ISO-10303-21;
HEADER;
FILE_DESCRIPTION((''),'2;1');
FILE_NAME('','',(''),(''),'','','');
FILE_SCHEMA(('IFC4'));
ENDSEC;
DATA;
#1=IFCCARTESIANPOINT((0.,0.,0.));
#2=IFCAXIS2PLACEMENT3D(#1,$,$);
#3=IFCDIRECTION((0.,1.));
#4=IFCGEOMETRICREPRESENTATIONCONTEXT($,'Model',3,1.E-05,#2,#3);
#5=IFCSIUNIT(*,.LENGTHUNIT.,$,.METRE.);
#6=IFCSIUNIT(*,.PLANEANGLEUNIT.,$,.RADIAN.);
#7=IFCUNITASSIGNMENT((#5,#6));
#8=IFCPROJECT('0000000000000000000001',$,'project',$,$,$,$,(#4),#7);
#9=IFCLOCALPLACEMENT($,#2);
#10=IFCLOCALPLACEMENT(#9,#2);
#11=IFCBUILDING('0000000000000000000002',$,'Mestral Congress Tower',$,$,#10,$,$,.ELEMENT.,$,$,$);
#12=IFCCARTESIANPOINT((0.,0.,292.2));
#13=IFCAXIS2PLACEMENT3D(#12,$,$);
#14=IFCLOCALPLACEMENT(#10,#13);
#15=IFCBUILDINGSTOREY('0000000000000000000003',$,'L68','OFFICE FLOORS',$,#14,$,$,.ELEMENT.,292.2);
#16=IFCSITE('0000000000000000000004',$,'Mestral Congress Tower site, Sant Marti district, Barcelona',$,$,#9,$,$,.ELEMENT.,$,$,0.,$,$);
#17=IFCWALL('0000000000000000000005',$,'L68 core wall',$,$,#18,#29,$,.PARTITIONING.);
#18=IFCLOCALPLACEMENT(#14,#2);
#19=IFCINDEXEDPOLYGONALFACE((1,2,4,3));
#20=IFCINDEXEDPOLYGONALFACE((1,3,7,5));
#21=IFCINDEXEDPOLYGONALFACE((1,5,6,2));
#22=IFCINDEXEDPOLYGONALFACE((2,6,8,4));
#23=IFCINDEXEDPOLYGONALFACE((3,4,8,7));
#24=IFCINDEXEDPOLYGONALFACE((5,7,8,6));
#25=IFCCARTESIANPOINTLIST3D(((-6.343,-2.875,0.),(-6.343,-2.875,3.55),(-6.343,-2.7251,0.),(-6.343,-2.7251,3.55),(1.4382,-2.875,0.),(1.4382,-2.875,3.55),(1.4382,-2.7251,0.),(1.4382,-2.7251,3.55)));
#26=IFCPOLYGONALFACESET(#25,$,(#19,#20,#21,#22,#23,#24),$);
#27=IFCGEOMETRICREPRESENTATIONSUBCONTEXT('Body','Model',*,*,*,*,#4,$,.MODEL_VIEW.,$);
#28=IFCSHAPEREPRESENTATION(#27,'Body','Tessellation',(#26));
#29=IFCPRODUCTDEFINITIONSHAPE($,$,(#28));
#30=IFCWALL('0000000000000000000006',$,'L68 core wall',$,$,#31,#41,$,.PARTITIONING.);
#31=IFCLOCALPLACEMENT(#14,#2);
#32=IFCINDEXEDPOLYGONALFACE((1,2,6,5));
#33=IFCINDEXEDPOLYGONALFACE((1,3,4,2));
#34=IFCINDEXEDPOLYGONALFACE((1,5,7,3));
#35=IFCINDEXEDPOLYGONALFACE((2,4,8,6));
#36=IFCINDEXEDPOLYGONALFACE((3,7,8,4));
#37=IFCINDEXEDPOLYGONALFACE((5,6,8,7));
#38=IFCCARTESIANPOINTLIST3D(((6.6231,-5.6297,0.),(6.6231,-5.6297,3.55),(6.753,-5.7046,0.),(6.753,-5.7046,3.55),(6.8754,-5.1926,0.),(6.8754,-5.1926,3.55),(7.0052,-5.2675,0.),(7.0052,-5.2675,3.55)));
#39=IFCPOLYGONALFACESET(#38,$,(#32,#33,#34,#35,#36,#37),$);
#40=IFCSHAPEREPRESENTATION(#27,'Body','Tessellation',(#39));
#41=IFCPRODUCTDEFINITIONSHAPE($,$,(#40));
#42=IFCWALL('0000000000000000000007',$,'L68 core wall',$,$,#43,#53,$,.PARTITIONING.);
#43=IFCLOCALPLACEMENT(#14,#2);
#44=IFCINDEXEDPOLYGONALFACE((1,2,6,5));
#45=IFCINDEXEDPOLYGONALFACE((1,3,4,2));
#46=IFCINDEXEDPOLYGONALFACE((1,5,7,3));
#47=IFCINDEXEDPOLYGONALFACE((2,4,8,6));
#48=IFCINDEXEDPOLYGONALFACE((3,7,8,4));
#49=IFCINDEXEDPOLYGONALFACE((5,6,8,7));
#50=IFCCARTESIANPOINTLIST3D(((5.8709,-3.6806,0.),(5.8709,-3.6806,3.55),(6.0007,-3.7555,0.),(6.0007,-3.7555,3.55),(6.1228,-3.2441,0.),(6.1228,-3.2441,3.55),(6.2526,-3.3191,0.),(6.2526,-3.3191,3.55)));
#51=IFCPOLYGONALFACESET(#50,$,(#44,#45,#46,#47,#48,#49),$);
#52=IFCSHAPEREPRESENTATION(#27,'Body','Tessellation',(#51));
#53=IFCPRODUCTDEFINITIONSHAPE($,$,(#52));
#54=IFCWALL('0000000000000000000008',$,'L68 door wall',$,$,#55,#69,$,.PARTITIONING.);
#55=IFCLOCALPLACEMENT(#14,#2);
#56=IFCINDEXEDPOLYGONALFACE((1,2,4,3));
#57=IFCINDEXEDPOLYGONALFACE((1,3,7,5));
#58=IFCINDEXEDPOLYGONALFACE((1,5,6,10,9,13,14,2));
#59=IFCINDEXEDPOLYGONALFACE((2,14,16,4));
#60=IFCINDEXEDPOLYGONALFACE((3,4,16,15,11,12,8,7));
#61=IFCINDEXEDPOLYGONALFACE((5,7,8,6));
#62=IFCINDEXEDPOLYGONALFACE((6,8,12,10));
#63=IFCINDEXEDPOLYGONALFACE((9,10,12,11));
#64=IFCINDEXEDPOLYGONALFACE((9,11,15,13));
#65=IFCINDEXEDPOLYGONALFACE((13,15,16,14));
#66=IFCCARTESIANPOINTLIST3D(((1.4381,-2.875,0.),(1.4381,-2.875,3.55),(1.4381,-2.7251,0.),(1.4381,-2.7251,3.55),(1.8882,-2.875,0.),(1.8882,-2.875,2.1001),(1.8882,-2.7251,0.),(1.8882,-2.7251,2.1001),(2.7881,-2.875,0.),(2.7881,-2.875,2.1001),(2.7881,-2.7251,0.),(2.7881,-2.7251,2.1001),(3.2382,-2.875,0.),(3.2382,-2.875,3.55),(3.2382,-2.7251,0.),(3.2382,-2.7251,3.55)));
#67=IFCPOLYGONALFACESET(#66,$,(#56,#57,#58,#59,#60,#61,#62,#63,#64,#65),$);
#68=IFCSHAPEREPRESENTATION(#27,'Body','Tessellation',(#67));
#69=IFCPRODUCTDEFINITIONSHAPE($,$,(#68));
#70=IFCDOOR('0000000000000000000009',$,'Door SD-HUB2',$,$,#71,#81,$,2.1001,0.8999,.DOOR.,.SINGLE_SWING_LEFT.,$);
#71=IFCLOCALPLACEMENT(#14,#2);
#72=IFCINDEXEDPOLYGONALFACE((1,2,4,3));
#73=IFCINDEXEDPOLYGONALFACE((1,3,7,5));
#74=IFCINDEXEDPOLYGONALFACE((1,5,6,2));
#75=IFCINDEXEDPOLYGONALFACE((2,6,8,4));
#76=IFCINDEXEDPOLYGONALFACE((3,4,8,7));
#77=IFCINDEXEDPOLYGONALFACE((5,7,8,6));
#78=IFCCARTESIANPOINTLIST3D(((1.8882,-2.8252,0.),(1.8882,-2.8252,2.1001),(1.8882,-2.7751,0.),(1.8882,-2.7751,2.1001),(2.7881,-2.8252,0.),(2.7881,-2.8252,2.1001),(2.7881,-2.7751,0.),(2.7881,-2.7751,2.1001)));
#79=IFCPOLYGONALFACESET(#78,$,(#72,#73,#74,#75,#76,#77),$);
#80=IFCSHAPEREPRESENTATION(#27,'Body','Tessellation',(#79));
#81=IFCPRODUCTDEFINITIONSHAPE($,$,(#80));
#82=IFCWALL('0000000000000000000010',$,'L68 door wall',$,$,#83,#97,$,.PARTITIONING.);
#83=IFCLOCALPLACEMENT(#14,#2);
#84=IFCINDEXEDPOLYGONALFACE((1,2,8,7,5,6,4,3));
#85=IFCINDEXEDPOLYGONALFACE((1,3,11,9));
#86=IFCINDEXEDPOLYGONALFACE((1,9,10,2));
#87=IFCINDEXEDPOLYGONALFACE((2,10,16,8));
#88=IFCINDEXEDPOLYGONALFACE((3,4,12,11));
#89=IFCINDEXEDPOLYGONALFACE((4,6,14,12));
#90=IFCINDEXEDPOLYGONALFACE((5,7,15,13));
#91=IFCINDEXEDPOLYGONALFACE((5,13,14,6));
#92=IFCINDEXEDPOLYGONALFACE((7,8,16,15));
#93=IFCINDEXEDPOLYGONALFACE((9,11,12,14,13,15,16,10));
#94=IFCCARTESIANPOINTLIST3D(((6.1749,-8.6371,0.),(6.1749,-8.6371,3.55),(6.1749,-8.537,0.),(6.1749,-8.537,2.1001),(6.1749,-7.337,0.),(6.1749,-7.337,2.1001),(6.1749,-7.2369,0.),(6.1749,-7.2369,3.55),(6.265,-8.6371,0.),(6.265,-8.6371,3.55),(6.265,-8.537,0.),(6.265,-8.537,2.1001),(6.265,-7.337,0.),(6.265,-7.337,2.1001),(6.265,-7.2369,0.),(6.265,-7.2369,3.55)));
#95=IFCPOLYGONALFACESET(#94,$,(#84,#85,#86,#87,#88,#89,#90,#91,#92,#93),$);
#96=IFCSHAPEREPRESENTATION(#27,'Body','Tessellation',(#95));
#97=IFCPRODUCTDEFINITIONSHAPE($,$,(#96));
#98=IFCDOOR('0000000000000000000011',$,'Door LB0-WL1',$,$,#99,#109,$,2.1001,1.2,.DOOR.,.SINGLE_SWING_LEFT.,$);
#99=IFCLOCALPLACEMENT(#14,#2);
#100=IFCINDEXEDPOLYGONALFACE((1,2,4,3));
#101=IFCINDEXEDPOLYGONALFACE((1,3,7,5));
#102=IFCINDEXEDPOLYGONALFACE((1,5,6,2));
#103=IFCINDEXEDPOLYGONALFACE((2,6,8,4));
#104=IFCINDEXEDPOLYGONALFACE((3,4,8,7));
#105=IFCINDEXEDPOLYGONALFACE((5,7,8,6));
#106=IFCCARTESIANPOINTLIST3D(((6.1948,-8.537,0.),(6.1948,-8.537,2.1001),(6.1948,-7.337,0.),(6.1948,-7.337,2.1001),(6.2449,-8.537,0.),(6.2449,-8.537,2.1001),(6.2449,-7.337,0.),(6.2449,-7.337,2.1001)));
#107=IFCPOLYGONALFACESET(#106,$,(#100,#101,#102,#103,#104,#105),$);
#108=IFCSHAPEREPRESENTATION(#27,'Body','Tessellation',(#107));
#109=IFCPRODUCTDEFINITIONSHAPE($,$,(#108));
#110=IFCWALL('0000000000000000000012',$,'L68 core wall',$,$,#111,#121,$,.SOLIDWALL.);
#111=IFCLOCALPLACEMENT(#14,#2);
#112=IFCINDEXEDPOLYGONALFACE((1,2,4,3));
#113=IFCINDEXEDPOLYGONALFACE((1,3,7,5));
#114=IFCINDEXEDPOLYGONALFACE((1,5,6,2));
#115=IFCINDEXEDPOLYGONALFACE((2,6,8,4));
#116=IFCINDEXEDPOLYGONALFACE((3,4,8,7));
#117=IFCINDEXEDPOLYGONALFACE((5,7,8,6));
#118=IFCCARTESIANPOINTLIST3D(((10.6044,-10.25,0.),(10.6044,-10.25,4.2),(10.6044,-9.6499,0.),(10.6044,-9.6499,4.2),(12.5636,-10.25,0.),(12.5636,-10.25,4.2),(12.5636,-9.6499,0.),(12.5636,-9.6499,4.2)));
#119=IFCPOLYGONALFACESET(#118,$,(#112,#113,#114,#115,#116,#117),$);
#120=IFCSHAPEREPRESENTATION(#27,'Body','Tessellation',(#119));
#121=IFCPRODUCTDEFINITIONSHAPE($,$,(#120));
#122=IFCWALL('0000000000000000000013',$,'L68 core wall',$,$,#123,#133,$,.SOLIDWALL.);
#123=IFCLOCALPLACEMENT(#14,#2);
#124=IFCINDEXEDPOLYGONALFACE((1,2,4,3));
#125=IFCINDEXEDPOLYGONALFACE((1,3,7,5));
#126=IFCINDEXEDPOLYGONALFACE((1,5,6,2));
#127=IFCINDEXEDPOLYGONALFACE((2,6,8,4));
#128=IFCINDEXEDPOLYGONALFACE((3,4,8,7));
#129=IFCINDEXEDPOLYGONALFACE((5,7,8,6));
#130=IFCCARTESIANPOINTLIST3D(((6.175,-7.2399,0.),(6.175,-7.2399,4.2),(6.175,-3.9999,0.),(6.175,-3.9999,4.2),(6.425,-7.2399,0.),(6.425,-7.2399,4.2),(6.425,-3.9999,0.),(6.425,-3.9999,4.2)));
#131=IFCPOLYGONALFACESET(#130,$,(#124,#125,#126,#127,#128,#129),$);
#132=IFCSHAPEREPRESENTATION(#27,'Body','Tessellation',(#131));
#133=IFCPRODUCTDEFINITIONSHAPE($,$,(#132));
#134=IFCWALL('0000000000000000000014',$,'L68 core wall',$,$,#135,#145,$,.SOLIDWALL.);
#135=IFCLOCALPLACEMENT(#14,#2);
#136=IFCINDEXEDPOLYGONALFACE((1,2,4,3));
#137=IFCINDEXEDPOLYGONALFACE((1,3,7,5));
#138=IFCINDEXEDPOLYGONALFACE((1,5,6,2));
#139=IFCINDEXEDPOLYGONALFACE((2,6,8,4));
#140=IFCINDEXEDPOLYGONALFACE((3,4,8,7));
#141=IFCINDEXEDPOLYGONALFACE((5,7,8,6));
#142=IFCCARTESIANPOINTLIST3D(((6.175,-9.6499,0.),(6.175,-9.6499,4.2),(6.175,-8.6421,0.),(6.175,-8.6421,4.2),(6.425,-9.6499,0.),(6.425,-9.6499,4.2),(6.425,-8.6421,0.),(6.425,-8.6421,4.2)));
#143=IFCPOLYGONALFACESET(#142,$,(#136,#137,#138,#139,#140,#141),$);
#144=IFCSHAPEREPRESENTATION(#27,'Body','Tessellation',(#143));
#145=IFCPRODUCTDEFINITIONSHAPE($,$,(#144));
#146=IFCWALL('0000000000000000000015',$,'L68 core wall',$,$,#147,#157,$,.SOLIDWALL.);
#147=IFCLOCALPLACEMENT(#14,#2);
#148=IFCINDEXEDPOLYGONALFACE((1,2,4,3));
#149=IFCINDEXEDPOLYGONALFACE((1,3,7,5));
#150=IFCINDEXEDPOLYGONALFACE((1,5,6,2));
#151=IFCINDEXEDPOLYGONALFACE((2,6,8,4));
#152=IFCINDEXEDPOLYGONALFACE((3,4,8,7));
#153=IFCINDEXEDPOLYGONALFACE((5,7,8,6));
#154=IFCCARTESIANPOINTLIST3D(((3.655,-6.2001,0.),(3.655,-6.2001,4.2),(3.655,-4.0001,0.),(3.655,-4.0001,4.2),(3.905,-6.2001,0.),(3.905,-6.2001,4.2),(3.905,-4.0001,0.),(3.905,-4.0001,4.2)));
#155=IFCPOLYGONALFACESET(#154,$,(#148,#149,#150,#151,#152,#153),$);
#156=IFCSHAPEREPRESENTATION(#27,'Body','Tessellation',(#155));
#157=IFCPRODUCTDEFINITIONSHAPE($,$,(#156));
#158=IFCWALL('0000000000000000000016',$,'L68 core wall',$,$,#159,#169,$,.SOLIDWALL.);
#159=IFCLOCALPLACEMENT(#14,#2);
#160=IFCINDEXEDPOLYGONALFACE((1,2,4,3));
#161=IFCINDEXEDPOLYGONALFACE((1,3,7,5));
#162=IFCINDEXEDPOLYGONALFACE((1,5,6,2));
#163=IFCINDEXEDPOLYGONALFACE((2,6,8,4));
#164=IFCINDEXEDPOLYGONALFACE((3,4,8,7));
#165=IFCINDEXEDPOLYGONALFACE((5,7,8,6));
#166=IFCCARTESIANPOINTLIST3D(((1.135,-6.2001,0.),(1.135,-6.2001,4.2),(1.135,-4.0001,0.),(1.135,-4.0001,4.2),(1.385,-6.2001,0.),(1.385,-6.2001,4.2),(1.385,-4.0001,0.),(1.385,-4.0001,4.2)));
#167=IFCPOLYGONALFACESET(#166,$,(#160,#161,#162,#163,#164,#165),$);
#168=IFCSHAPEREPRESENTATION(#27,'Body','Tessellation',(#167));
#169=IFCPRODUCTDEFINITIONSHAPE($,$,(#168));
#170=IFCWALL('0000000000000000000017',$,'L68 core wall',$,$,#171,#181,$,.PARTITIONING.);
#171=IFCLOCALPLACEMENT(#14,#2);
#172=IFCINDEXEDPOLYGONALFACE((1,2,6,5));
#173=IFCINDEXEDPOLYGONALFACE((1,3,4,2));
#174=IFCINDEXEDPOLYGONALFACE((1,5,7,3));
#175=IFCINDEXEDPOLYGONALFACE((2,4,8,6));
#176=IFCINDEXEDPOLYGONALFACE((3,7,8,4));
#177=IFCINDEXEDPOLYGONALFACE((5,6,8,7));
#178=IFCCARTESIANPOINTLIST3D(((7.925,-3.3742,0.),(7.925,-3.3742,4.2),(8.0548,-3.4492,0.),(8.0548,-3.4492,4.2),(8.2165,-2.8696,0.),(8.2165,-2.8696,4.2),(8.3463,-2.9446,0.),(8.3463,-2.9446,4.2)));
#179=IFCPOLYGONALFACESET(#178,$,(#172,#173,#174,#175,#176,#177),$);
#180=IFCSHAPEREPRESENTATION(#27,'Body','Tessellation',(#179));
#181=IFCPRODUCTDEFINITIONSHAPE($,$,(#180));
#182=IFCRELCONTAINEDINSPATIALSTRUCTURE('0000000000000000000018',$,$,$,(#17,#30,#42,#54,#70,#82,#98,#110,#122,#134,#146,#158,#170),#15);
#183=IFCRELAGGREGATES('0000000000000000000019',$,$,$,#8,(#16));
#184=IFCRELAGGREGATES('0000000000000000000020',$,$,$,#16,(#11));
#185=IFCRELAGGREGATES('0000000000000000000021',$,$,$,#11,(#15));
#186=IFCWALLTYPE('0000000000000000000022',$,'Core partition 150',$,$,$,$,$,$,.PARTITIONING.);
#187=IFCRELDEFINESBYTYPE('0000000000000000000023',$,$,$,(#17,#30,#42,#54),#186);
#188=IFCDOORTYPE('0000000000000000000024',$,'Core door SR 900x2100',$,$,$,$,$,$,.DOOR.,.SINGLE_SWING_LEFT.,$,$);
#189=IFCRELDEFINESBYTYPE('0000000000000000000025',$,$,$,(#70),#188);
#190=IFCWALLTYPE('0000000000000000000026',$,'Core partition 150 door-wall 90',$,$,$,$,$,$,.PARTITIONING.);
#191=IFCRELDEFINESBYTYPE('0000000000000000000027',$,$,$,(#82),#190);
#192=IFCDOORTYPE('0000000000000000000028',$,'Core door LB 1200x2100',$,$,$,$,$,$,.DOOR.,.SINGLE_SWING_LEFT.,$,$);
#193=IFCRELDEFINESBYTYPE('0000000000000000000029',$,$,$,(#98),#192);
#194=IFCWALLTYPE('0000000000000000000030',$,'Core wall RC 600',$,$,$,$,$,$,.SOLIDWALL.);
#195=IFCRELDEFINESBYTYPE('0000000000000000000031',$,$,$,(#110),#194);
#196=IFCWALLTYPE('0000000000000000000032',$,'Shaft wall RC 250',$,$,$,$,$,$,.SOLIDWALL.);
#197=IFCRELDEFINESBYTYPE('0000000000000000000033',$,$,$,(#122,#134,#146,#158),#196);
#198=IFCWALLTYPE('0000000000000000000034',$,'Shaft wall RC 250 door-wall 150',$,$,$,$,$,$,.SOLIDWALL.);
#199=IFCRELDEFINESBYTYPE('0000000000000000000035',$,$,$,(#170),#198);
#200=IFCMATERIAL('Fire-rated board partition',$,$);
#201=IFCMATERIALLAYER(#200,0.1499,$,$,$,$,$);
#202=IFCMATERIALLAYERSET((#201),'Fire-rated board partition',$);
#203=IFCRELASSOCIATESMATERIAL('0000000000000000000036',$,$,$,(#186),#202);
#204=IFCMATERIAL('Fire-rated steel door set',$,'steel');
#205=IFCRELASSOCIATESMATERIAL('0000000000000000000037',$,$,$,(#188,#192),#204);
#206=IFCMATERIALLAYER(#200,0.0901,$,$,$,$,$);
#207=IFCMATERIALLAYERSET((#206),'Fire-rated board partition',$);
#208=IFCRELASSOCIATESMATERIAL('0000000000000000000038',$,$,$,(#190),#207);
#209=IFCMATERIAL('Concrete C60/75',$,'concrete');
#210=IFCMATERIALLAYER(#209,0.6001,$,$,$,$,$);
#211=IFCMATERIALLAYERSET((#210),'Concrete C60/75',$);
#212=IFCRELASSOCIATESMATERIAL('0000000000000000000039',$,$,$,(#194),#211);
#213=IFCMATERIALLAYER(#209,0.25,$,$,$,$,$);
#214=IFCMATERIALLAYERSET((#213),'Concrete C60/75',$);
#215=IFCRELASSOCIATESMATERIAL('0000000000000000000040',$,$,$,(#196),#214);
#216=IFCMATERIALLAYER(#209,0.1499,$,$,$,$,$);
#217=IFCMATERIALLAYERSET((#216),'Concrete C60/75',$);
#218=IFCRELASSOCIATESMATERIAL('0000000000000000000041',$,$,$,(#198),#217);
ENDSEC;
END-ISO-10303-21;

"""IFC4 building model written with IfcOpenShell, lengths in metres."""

from ifc_helpers import new_model, si_unit, direction, frame, frame_2d, origin, place, context, subcontext, project, spatial, rectangle, extrude, material, layer, layer_set, type_object, element, fill, save


model = new_model("IFC4")

# Units and contexts
model_context = context("Model", 3, precision=1e-05, world=origin(), true_north=direction((0.0, 1.0)))
body_context = subcontext(model_context, "Body", "Model", "MODEL_VIEW")
ifc_project = project(units=[si_unit("LENGTHUNIT", "METRE"), si_unit("PLANEANGLEUNIT", "RADIAN")], contexts=[model_context])

# Site, building, storey
site_placement = place(None, origin())
site = spatial("IfcSite", under=ifc_project, at=site_placement, Name="Mestral Congress Tower site, Sant Marti district, Barcelona", CompositionType="ELEMENT", RefElevation=0.0)
building_placement = place(site_placement, origin())
building = spatial("IfcBuilding", under=site, at=building_placement, Name="Mestral Congress Tower", CompositionType="ELEMENT")
storey_placement = place(building_placement, frame((0.0, 0.0, 292.2)))
storey = spatial("IfcBuildingStorey", under=building, at=storey_placement, Name="L68", Description="OFFICE FLOORS", CompositionType="ELEMENT", Elevation=292.2)

# Walls
ifc_material_1 = material(Name="Fire-rated board partition")
ifc_layer_1 = layer(ifc_material_1, 0.1499)
ifc_layer_set_1 = layer_set([ifc_layer_1], Name="Fire-rated board partition")
wall_type_1 = type_object("IfcWallType", Name="Core partition 150", PredefinedType="PARTITIONING", material=ifc_layer_set_1)
wall_1_placement = place(storey_placement, frame((1.4382, -2.8, 0.0), z_axis=(0.0, 0.0, 1.0), x_axis=(-1.0, 0.0, 0.0)))
element("IfcWall", 1, at=wall_1_placement, inside=storey, type_object=wall_type_1, Name="L68 core wall", PredefinedType="PARTITIONING", context=body_context, shape_type="SweptSolid", body=[
    extrude(rectangle(XDim=7.7812, YDim=0.1499, at=frame_2d((3.8906, 0.0))), origin(), (0.0, 0.0, 1.0), 3.55),
])
wall_2_placement = place(storey_placement, frame((6.688, -5.6672, 0.0), z_axis=(0.0, 0.0, 1.0), x_axis=(0.499834, 0.866121, 0.0)))
element("IfcWall", 2, at=wall_2_placement, inside=storey, type_object=wall_type_1, Name="L68 core wall", PredefinedType="PARTITIONING", context=body_context, shape_type="SweptSolid", body=[
    extrude(rectangle(XDim=0.5046, YDim=0.1499, at=frame_2d((0.2524, 0.0))), origin(), (0.0, 0.0, 1.0), 3.55),
])
wall_3_placement = place(storey_placement, frame((5.9358, -3.718, 0.0), z_axis=(0.0, 0.0, 1.0), x_axis=(0.49989, 0.866089, 0.0)))
element("IfcWall", 3, at=wall_3_placement, inside=storey, type_object=wall_type_1, Name="L68 core wall", PredefinedType="PARTITIONING", context=body_context, shape_type="SweptSolid", body=[
    extrude(rectangle(XDim=0.5039, YDim=0.1499, at=frame_2d((0.252, 0.0))), origin(), (0.0, 0.0, 1.0), 3.55),
])

# Walls, openings, doors
wall_4_placement = place(storey_placement, frame((1.4382, -2.8, 0.0), z_axis=(0.0, 0.0, 1.0), x_axis=(1.0, 0.0, 0.0)))
wall_4 = element("IfcWall", 4, at=wall_4_placement, inside=storey, type_object=wall_type_1, Name="L68 door wall", PredefinedType="PARTITIONING", context=body_context, shape_type="SweptSolid", body=[
    extrude(rectangle(XDim=1.8, YDim=0.1499, at=frame_2d((0.8999, 0.0))), origin(), (0.0, 0.0, 1.0), 3.55),
])
opening_1_placement = place(wall_4_placement, frame((0.45, 0.0, 0.0)))
opening_1 = element("IfcOpeningElement", 5, at=opening_1_placement, cuts=wall_4, PredefinedType="OPENING", context=body_context, shape_type="SweptSolid", body=[
    extrude(rectangle(XDim=0.8999, YDim=2.1001, at=frame_2d((0.45, 1.05))), frame((0.0, 0.085, 0.0), z_axis=(0.0, -1.0, 0.0), x_axis=(1.0, 0.0, 0.0)), (0.0, 0.0, 1.0), 0.1699),
])
ifc_material_2 = material(Name="Fire-rated steel door set", Category="steel")
door_type_1 = type_object("IfcDoorType", Name="Core door SR 900x2100", OperationType="SINGLE_SWING_LEFT", PredefinedType="DOOR", material=ifc_material_2)
door_1_placement = place(opening_1_placement, origin())
door_1 = element("IfcDoor", 6, at=door_1_placement, inside=storey, type_object=door_type_1, Name="Door SD-HUB2", OperationType="SINGLE_SWING_LEFT", OverallHeight=2.1001, OverallWidth=0.8999, PredefinedType="DOOR", context=body_context, shape_type="SweptSolid", body=[
    extrude(rectangle(XDim=0.8999, YDim=2.1001, at=frame_2d((0.45, 1.05))), frame((0.0, 0.0249, 0.0), z_axis=(0.0, -1.0, 0.0), x_axis=(1.0, 0.0, 0.0)), (0.0, 0.0, 1.0), 0.05),
])
fill(opening_1, door_1)
ifc_layer_2 = layer(ifc_material_1, 0.0901)
ifc_layer_set_2 = layer_set([ifc_layer_2], Name="Fire-rated board partition")
wall_type_2 = type_object("IfcWallType", Name="Core partition 150 door-wall 90", PredefinedType="PARTITIONING", material=ifc_layer_set_2)
wall_5_placement = place(storey_placement, frame((6.22, -7.2368, 0.0), z_axis=(0.0, 0.0, 1.0), x_axis=(0.0, -1.0, 0.0)))
wall_5 = element("IfcWall", 7, at=wall_5_placement, inside=storey, type_object=wall_type_2, Name="L68 door wall", PredefinedType="PARTITIONING", context=body_context, shape_type="SweptSolid", body=[
    extrude(rectangle(XDim=1.4001, YDim=0.0901, at=frame_2d((0.7002, 0.0))), origin(), (0.0, 0.0, 1.0), 3.55),
])
opening_2_placement = place(wall_5_placement, frame((0.1001, 0.0, 0.0)))
opening_2 = element("IfcOpeningElement", 8, at=opening_2_placement, cuts=wall_5, PredefinedType="OPENING", context=body_context, shape_type="SweptSolid", body=[
    extrude(rectangle(XDim=1.2, YDim=2.1001, at=frame_2d((0.6001, 1.05))), frame((0.0, 0.0549, 0.0), z_axis=(0.0, -1.0, 0.0), x_axis=(1.0, 0.0, 0.0)), (0.0, 0.0, 1.0), 0.1101),
])
door_type_2 = type_object("IfcDoorType", Name="Core door LB 1200x2100", OperationType="SINGLE_SWING_LEFT", PredefinedType="DOOR", material=ifc_material_2)
door_2_placement = place(opening_2_placement, origin())
door_2 = element("IfcDoor", 9, at=door_2_placement, inside=storey, type_object=door_type_2, Name="Door LB0-WL1", OperationType="SINGLE_SWING_LEFT", OverallHeight=2.1001, OverallWidth=1.2, PredefinedType="DOOR", context=body_context, shape_type="SweptSolid", body=[
    extrude(rectangle(XDim=1.2, YDim=2.1001, at=frame_2d((0.6001, 1.05))), frame((0.0, 0.0249, 0.0), z_axis=(0.0, -1.0, 0.0), x_axis=(1.0, 0.0, 0.0)), (0.0, 0.0, 1.0), 0.05),
])
fill(opening_2, door_2)

# Walls
ifc_material_3 = material(Name="Concrete C60/75", Category="concrete")
ifc_layer_3 = layer(ifc_material_3, 0.6001)
ifc_layer_set_3 = layer_set([ifc_layer_3], Name="Concrete C60/75")
wall_type_3 = type_object("IfcWallType", Name="Core wall RC 600", PredefinedType="SOLIDWALL", material=ifc_layer_set_3)
wall_6_placement = place(storey_placement, frame((10.6045, -9.95, 0.0), z_axis=(0.0, 0.0, 1.0), x_axis=(1.0, 0.0, 0.0)))
element("IfcWall", 10, at=wall_6_placement, inside=storey, type_object=wall_type_3, Name="L68 core wall", PredefinedType="SOLIDWALL", context=body_context, shape_type="SweptSolid", body=[
    extrude(rectangle(XDim=1.9592, YDim=0.6001, at=frame_2d((0.9795, 0.0))), origin(), (0.0, 0.0, 1.0), 4.2),
])
ifc_layer_4 = layer(ifc_material_3, 0.25)
ifc_layer_set_4 = layer_set([ifc_layer_4], Name="Concrete C60/75")
wall_type_4 = type_object("IfcWallType", Name="Shaft wall RC 250", PredefinedType="SOLIDWALL", material=ifc_layer_set_4)
wall_7_placement = place(storey_placement, frame((6.3, -7.24, 0.0), z_axis=(0.0, 0.0, 1.0), x_axis=(0.0, 1.0, 0.0)))
element("IfcWall", 11, at=wall_7_placement, inside=storey, type_object=wall_type_4, Name="L68 core wall", PredefinedType="SOLIDWALL", context=body_context, shape_type="SweptSolid", body=[
    extrude(rectangle(XDim=3.24, YDim=0.25, at=frame_2d((1.6201, 0.0))), origin(), (0.0, 0.0, 1.0), 4.2),
])
wall_8_placement = place(storey_placement, frame((6.3, -9.6499, 0.0), z_axis=(0.0, 0.0, 1.0), x_axis=(0.0, 1.0, 0.0)))
element("IfcWall", 12, at=wall_8_placement, inside=storey, type_object=wall_type_4, Name="L68 core wall", PredefinedType="SOLIDWALL", context=body_context, shape_type="SweptSolid", body=[
    extrude(rectangle(XDim=1.0078, YDim=0.25, at=frame_2d((0.5039, 0.0))), origin(), (0.0, 0.0, 1.0), 4.2),
])
for number, where, z_axis, x_axis, name in (
    (13, (3.78, -4.0, 0.0), (0.0, 0.0, 1.0), (0.0, -1.0, 0.0), "L68 core wall"),
    (14, (1.26, -4.0, 0.0), (0.0, 0.0, 1.0), (0.0, -1.0, 0.0), "L68 core wall"),
):
    element("IfcWall", number, at=place(storey_placement, frame(where, z_axis=z_axis, x_axis=x_axis)), inside=storey, type_object=wall_type_4, Name=name, PredefinedType="SOLIDWALL", context=body_context, shape_type="SweptSolid", body=[
        extrude(rectangle(XDim=2.2, YDim=0.25, at=frame_2d((1.1001, 0.0))), origin(), (0.0, 0.0, 1.0), 4.2),
    ])
ifc_layer_5 = layer(ifc_material_3, 0.1499)
ifc_layer_set_5 = layer_set([ifc_layer_5], Name="Concrete C60/75")
wall_type_5 = type_object("IfcWallType", Name="Shaft wall RC 250 door-wall 150", PredefinedType="SOLIDWALL", material=ifc_layer_set_5)
wall_9_placement = place(storey_placement, frame((8.2815, -2.907, 0.0), z_axis=(0.0, 0.0, 1.0), x_axis=(-0.500194, -0.865913, 0.0)))
element("IfcWall", 15, at=wall_9_placement, inside=storey, type_object=wall_type_5, Name="L68 core wall", PredefinedType="PARTITIONING", context=body_context, shape_type="SweptSolid", body=[
    extrude(rectangle(XDim=0.5828, YDim=0.1499, at=frame_2d((0.2915, 0.0))), origin(), (0.0, 0.0, 1.0), 4.2),
])

save(model, "model.ifc")
